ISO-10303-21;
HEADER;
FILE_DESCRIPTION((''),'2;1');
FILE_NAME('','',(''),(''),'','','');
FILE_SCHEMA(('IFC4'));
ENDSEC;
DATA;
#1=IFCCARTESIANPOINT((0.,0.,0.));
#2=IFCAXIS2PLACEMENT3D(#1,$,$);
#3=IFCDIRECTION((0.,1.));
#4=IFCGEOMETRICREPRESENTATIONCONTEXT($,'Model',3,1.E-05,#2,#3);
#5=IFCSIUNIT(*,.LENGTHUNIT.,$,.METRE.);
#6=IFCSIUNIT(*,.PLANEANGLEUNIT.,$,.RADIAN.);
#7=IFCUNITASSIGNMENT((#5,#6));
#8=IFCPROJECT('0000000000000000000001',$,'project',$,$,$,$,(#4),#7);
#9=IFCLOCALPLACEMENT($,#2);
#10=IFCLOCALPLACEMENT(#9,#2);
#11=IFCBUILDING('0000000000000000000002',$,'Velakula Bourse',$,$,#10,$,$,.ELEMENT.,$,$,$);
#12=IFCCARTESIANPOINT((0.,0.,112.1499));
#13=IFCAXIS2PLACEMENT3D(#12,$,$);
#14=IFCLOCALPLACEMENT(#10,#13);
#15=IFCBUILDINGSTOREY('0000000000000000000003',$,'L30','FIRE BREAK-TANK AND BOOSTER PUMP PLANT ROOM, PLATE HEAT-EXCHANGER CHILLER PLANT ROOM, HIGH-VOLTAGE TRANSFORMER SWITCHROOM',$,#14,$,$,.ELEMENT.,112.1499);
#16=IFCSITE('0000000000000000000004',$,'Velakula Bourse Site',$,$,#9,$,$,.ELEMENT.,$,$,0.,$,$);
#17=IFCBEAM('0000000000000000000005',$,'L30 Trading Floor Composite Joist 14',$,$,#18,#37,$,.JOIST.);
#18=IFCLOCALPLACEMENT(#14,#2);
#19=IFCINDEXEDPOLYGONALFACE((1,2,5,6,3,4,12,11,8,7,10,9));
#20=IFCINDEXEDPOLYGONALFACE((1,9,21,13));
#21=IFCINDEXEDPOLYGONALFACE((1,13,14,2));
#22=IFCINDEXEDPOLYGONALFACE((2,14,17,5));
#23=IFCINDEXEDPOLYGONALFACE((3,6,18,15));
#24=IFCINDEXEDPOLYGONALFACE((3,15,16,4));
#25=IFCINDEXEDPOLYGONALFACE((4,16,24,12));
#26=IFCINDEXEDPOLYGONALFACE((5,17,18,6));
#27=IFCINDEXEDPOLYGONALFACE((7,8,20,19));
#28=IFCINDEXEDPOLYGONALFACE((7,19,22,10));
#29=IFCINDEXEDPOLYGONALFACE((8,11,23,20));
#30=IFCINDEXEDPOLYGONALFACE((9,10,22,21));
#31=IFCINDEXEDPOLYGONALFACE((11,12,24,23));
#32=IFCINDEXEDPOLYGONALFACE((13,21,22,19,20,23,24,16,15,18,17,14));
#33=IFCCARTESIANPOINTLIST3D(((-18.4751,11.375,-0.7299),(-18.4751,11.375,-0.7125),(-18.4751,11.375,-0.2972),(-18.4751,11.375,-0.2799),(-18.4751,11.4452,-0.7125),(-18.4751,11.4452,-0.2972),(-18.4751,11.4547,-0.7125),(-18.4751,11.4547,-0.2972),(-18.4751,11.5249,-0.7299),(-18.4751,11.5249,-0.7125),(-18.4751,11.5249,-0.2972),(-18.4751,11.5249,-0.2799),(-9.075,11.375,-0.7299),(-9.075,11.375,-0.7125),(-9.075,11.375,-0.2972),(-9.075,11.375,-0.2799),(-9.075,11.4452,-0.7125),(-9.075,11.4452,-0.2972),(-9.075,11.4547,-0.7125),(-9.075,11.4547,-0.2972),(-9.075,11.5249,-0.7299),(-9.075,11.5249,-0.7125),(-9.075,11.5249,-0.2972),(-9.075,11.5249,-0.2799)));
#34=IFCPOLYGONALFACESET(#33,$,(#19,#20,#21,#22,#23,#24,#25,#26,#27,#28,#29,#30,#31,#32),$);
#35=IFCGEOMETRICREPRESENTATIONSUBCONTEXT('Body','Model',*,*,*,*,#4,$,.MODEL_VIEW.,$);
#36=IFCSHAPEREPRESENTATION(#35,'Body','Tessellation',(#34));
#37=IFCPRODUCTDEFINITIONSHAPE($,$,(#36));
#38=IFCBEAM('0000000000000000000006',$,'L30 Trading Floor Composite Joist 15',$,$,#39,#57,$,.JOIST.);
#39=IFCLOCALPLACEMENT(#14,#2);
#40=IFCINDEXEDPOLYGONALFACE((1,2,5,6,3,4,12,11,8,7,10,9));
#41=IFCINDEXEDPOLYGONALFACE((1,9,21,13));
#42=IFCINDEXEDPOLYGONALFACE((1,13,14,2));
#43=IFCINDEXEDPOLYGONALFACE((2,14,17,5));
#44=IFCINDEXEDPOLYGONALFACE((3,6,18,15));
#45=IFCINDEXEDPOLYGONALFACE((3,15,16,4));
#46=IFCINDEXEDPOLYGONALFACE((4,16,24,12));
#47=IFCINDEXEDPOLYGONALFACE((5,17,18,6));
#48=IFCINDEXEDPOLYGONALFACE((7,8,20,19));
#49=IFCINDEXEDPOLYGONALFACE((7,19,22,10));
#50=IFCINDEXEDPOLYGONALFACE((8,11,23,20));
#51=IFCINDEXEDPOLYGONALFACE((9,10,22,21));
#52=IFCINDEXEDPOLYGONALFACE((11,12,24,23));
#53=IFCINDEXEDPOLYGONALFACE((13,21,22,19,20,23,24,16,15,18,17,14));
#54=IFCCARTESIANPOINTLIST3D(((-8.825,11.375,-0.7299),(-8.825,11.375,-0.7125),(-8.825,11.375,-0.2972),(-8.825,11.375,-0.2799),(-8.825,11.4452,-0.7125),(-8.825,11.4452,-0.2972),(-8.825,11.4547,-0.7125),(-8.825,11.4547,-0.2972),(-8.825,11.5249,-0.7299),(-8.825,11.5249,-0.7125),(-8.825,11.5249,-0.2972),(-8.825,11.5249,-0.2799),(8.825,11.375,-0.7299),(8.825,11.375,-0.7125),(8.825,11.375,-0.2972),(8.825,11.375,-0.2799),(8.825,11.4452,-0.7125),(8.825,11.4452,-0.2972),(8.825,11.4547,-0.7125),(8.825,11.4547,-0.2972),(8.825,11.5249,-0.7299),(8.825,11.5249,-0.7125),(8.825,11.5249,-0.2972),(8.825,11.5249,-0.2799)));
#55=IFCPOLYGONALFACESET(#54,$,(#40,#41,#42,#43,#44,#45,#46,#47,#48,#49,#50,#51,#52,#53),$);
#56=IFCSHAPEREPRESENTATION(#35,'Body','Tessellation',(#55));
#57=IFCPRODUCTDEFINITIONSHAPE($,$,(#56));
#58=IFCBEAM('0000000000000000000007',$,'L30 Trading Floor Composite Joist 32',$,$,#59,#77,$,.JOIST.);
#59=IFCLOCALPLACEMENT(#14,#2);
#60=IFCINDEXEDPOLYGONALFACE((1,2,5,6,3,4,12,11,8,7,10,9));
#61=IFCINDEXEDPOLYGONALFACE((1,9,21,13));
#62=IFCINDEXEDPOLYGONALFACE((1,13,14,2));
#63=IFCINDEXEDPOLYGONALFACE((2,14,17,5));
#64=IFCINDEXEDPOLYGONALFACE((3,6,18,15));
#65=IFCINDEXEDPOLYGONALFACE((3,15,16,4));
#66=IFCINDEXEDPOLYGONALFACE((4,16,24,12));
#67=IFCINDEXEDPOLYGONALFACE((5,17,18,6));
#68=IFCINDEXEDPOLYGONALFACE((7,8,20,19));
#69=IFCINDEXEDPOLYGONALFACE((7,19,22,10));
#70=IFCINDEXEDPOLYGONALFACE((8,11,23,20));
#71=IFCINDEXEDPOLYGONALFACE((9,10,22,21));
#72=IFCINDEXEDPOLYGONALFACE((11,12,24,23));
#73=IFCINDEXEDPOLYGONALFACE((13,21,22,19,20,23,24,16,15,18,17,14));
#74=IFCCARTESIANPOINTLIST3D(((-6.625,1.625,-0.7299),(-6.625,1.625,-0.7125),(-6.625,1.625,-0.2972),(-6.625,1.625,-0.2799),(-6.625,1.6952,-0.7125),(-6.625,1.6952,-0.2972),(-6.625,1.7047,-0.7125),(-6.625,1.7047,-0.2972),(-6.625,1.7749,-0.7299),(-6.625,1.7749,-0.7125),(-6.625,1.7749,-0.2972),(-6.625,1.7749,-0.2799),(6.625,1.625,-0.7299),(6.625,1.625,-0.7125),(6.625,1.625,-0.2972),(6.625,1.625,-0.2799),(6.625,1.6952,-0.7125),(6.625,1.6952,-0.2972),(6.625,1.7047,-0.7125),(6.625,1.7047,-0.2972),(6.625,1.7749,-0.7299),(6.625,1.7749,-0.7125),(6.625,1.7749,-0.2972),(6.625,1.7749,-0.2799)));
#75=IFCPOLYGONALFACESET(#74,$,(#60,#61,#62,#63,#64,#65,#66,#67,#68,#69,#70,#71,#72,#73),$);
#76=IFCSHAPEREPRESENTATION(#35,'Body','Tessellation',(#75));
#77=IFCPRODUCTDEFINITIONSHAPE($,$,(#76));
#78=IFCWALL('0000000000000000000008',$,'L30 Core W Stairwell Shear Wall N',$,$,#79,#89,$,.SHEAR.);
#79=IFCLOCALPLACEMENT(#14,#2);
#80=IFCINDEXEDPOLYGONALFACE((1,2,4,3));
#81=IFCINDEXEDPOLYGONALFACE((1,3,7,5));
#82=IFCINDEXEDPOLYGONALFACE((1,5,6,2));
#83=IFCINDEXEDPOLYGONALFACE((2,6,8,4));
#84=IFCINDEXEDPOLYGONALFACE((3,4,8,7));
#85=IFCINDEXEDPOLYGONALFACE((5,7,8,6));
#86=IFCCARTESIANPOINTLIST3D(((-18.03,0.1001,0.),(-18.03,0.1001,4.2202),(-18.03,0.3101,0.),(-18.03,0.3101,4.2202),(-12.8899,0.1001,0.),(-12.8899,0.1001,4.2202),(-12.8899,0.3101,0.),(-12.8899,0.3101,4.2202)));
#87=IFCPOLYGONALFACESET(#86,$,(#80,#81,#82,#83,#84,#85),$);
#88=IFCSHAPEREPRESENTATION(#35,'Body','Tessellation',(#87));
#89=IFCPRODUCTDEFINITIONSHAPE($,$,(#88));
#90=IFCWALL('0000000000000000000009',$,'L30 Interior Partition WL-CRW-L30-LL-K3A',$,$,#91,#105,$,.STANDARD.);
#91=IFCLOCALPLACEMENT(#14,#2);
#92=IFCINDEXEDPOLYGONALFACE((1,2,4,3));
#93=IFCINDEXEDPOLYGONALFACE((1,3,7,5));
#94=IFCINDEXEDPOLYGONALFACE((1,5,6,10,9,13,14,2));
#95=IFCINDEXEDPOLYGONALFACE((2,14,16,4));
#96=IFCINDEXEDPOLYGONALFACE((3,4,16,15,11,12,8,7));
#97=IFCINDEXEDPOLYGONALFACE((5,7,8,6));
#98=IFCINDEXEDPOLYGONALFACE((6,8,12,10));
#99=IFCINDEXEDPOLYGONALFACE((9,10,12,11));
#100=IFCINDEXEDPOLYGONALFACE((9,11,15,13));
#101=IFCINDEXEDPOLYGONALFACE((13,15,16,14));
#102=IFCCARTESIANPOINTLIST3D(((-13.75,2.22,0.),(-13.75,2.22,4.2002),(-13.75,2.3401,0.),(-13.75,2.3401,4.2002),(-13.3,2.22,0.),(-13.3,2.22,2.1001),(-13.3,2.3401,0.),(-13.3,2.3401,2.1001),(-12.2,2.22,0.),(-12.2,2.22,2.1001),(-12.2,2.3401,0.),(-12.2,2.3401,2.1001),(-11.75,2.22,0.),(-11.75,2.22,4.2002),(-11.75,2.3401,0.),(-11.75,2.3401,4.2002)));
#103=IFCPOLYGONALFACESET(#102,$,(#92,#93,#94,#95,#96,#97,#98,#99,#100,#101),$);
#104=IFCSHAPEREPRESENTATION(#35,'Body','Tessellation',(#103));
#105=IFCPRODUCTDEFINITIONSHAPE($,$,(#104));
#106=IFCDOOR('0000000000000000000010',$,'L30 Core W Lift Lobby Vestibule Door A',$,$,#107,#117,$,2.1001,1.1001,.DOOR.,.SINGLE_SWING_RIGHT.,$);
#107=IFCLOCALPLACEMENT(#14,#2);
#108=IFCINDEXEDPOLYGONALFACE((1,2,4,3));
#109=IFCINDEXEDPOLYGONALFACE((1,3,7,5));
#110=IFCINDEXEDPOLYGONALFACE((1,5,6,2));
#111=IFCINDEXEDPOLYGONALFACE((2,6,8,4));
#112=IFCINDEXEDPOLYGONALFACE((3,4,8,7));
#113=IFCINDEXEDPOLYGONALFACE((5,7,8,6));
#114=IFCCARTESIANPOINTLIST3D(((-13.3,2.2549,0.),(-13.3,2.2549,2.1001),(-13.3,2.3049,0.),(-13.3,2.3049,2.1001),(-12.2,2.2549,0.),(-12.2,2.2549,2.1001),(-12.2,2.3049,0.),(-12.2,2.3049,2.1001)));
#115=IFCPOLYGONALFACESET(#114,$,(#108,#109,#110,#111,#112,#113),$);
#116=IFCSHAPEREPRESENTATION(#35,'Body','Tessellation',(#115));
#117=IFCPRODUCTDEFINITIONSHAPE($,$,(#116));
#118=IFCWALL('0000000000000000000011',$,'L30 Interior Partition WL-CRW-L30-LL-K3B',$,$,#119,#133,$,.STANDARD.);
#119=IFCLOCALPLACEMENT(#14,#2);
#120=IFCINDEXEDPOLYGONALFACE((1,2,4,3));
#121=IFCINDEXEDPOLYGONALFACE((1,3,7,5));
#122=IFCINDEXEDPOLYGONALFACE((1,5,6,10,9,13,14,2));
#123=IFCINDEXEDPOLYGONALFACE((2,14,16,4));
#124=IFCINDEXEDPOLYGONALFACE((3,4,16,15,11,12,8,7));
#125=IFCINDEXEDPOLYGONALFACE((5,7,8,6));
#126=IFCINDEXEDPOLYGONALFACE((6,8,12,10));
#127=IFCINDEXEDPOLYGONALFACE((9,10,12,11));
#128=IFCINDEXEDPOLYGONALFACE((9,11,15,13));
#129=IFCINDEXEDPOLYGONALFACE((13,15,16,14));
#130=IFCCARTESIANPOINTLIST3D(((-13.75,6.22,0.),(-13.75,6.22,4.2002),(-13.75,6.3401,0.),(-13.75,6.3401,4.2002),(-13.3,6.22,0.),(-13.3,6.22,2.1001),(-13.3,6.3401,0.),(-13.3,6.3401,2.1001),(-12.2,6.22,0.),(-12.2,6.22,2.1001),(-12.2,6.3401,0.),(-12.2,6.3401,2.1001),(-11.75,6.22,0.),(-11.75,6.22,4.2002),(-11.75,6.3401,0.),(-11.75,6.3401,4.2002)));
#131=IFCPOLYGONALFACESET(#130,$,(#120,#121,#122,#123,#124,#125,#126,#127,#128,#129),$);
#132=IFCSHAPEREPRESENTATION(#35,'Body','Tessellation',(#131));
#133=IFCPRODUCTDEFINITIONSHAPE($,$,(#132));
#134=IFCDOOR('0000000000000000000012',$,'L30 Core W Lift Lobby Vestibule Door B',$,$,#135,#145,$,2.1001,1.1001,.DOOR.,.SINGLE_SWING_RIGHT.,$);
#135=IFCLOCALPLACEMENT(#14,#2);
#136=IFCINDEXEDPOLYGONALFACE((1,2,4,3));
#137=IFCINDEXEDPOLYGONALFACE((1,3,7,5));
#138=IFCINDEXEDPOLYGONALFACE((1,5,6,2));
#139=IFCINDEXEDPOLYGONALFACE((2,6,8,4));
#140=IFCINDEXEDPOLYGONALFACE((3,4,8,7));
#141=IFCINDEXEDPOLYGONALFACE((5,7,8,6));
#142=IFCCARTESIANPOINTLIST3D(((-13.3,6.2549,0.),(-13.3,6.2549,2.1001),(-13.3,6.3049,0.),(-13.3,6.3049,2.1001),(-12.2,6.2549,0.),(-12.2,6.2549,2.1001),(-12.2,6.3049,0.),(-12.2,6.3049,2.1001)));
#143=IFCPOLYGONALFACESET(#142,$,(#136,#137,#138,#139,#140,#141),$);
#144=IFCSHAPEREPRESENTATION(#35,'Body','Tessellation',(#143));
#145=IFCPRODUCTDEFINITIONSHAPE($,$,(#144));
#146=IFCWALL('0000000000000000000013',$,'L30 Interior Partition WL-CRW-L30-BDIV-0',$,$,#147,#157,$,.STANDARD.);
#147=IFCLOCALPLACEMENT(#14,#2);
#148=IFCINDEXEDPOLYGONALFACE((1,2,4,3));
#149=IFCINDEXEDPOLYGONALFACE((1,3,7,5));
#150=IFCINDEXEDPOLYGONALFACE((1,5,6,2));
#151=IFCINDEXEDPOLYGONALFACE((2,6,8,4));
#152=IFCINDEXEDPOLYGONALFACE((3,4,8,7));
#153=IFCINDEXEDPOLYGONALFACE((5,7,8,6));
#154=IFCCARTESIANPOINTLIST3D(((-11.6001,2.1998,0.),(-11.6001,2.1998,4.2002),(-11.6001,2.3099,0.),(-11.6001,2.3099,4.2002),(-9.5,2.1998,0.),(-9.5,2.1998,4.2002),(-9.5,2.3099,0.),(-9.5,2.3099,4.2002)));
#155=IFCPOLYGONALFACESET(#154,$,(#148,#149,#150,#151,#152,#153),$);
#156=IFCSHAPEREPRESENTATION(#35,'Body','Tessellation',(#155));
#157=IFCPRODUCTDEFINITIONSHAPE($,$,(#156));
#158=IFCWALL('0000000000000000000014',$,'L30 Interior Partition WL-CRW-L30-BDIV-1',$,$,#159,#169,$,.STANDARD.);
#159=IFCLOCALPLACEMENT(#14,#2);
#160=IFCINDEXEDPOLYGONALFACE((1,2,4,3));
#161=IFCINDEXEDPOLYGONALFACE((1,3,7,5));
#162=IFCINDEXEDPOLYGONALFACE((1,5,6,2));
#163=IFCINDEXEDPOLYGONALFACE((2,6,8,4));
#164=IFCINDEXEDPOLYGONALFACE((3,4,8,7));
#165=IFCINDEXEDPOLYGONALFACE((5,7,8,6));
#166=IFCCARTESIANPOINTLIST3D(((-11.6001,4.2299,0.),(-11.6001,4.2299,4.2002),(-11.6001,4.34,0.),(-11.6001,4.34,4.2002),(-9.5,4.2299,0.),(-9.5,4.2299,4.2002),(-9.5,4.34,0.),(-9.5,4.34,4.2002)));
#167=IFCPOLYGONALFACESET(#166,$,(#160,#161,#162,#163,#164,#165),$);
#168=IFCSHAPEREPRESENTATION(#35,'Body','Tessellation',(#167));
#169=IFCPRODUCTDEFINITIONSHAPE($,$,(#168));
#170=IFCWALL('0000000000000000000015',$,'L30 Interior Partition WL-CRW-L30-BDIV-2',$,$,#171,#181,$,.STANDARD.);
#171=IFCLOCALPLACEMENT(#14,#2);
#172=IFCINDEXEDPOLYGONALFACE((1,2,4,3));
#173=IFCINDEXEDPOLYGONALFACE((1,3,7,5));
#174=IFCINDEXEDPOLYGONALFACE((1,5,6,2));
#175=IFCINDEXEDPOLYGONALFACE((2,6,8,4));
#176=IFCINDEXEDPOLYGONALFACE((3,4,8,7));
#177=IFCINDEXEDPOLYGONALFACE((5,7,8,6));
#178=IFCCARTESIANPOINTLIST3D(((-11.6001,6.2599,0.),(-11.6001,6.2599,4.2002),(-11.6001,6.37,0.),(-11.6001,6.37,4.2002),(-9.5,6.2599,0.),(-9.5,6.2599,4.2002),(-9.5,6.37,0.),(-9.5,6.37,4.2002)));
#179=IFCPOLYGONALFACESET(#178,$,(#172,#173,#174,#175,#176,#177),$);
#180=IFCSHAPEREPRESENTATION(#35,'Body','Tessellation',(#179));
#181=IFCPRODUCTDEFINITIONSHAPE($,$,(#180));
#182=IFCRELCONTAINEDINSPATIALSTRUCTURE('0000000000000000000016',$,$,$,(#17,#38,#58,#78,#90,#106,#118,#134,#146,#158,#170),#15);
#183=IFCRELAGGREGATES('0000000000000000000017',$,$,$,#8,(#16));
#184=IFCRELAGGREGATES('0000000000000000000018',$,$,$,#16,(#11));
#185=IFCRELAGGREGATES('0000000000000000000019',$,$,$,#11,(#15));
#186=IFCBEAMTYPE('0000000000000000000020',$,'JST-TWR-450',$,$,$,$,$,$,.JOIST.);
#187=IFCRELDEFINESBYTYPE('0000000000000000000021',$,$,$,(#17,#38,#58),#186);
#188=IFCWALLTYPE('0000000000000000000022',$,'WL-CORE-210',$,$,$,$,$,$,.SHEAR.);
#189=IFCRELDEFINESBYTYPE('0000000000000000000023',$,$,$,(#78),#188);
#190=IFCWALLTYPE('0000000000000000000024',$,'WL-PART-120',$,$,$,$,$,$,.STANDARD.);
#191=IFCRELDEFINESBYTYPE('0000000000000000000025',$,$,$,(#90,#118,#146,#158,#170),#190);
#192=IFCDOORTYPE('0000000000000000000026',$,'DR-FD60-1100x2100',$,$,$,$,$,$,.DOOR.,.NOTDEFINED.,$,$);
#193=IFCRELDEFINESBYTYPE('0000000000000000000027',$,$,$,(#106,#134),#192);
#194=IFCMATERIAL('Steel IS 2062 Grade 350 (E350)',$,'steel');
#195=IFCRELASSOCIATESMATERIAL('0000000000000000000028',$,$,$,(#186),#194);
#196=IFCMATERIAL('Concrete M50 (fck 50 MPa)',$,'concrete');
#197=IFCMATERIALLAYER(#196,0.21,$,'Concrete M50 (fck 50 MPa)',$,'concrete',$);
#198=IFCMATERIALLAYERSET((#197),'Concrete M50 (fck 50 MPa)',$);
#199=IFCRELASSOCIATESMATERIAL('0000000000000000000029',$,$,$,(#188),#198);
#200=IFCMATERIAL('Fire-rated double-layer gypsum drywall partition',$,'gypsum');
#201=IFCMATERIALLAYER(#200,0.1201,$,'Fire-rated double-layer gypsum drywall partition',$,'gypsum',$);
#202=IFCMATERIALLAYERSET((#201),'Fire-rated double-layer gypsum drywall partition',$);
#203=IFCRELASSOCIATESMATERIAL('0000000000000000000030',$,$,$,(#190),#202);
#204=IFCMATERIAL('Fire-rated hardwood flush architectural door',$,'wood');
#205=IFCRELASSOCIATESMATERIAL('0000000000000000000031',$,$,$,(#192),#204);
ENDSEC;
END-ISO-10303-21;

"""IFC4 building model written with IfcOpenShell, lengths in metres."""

from ifc_helpers import new_model, si_unit, direction, frame, frame_2d, origin, origin_2d, place, context, subcontext, project, spatial, rectangle, i_section, extrude, material, layer, layer_set, material_profile, profile_set, type_object, element, fill, save


model = new_model("IFC4")

# Units and contexts
model_context = context("Model", 3, precision=1e-05, world=origin(), true_north=direction((0.0, 1.0)))
body_context = subcontext(model_context, "Body", "Model", "MODEL_VIEW")
ifc_project = project(units=[si_unit("LENGTHUNIT", "METRE"), si_unit("PLANEANGLEUNIT", "RADIAN")], contexts=[model_context])

# Site, building, storey
site_placement = place(None, origin())
site = spatial("IfcSite", under=ifc_project, at=site_placement, Name="Velakula Bourse Site", CompositionType="ELEMENT", RefElevation=0.0)
building_placement = place(site_placement, origin())
building = spatial("IfcBuilding", under=site, at=building_placement, Name="Velakula Bourse", CompositionType="ELEMENT")
storey_placement = place(building_placement, frame((0.0, 0.0, 112.1499)))
storey = spatial("IfcBuildingStorey", under=building, at=storey_placement, Name="L30", Description="FIRE BREAK-TANK AND BOOSTER PUMP PLANT ROOM, PLATE HEAT-EXCHANGER CHILLER PLANT ROOM, HIGH-VOLTAGE TRANSFORMER SWITCHROOM", CompositionType="ELEMENT", Elevation=112.1499)

# Shared definitions
ifc_material_1 = material(Name="Steel IS 2062 Grade 350 (E350)", Category="steel")

# Beams
ifc_material_profile_1 = material_profile(ifc_material_1, i_section(OverallWidth=0.1499, OverallDepth=0.45, WebThickness=0.0095, FlangeThickness=0.0173, at=origin_2d()), Name="Steel IS 2062 Grade 350 (E350)")
ifc_profile_set_1 = profile_set([ifc_material_profile_1], Name="Steel IS 2062 Grade 350 (E350)")
beam_type_1 = type_object("IfcBeamType", Name="JST-TWR-450", PredefinedType="JOIST", material=ifc_profile_set_1)
beam_1_placement = place(storey_placement, frame((-18.4751, 11.45, -0.5049), z_axis=(1.0, 0.0, 0.0), x_axis=(0.0, 1.0, 0.0)))
element("IfcBeam", 1, at=beam_1_placement, inside=storey, type_object=beam_type_1, Name="L30 Trading Floor Composite Joist 14", PredefinedType="JOIST", context=body_context, shape_type="SweptSolid", body=[
    extrude(i_section(OverallWidth=0.1499, OverallDepth=0.45, WebThickness=0.0095, FlangeThickness=0.0173, at=origin_2d()), origin(), (0.0, 0.0, 1.0), 9.4001),
])
beam_2_placement = place(storey_placement, frame((-8.825, 11.45, -0.5049), z_axis=(1.0, 0.0, 0.0), x_axis=(0.0, 1.0, 0.0)))
element("IfcBeam", 2, at=beam_2_placement, inside=storey, type_object=beam_type_1, Name="L30 Trading Floor Composite Joist 15", PredefinedType="JOIST", context=body_context, shape_type="SweptSolid", body=[
    extrude(i_section(OverallWidth=0.1499, OverallDepth=0.45, WebThickness=0.0095, FlangeThickness=0.0173, at=origin_2d()), origin(), (0.0, 0.0, 1.0), 17.6499),
])
beam_3_placement = place(storey_placement, frame((-6.625, 1.7, -0.5049), z_axis=(1.0, 0.0, 0.0), x_axis=(0.0, 1.0, 0.0)))
element("IfcBeam", 3, at=beam_3_placement, inside=storey, type_object=beam_type_1, Name="L30 Trading Floor Composite Joist 32", PredefinedType="JOIST", context=body_context, shape_type="SweptSolid", body=[
    extrude(i_section(OverallWidth=0.1499, OverallDepth=0.45, WebThickness=0.0095, FlangeThickness=0.0173, at=origin_2d()), origin(), (0.0, 0.0, 1.0), 13.25),
])

# Wall
ifc_material_2 = material(Name="Concrete M50 (fck 50 MPa)", Category="concrete")
ifc_layer_1 = layer(ifc_material_2, 0.21, Name="Concrete M50 (fck 50 MPa)", Category="concrete")
ifc_layer_set_1 = layer_set([ifc_layer_1], Name="Concrete M50 (fck 50 MPa)")
wall_type_1 = type_object("IfcWallType", Name="WL-CORE-210", PredefinedType="SHEAR", material=ifc_layer_set_1)
wall_1_placement = place(storey_placement, frame((-12.8899, 0.2051, 0.0), z_axis=(0.0, 0.0, 1.0), x_axis=(-1.0, 0.0, 0.0)))
element("IfcWall", 4, at=wall_1_placement, inside=storey, type_object=wall_type_1, Name="L30 Core W Stairwell Shear Wall N", PredefinedType="SHEAR", context=body_context, shape_type="SweptSolid", body=[
    extrude(rectangle(XDim=5.1401, YDim=0.21, at=frame_2d((2.5701, 0.0))), origin(), (0.0, 0.0, 1.0), 4.2202),
])

# Walls, openings, doors
ifc_material_3 = material(Name="Fire-rated double-layer gypsum drywall partition", Category="gypsum")
ifc_layer_2 = layer(ifc_material_3, 0.1201, Name="Fire-rated double-layer gypsum drywall partition", Category="gypsum")
ifc_layer_set_2 = layer_set([ifc_layer_2], Name="Fire-rated double-layer gypsum drywall partition")
wall_type_2 = type_object("IfcWallType", Name="WL-PART-120", PredefinedType="STANDARD", material=ifc_layer_set_2)
wall_2_placement = place(storey_placement, frame((-13.75, 2.28, 0.0), z_axis=(0.0, 0.0, 1.0), x_axis=(1.0, 0.0, 0.0)))
wall_2 = element("IfcWall", 5, at=wall_2_placement, inside=storey, type_object=wall_type_2, Name="L30 Interior Partition WL-CRW-L30-LL-K3A", PredefinedType="STANDARD", context=body_context, shape_type="SweptSolid", body=[
    extrude(rectangle(XDim=2.0, YDim=0.1201, at=frame_2d((1.0, 0.0))), origin(), (0.0, 0.0, 1.0), 4.2002),
])
opening_1_placement = place(wall_2_placement, frame((0.45, 0.0, 0.0)))
opening_1 = element("IfcOpeningElement", 6, at=opening_1_placement, cuts=wall_2, PredefinedType="OPENING", context=body_context, shape_type="SweptSolid", body=[
    extrude(rectangle(XDim=1.1001, YDim=2.1001, at=frame_2d((0.55, 1.05))), frame((0.0, 0.0701, 0.0), z_axis=(0.0, -1.0, 0.0), x_axis=(1.0, 0.0, 0.0)), (0.0, 0.0, 1.0), 0.1401),
])
ifc_material_4 = material(Name="Fire-rated hardwood flush architectural door", Category="wood")
door_type_1 = type_object("IfcDoorType", Name="DR-FD60-1100x2100", OperationType="NOTDEFINED", PredefinedType="DOOR", material=ifc_material_4)
door_1_placement = place(opening_1_placement, origin())
door_1 = element("IfcDoor", 7, at=door_1_placement, inside=storey, type_object=door_type_1, Name="L30 Core W Lift Lobby Vestibule Door A", OperationType="SINGLE_SWING_RIGHT", OverallHeight=2.1001, OverallWidth=1.1001, PredefinedType="DOOR", context=body_context, shape_type="SweptSolid", body=[
    extrude(rectangle(XDim=1.1001, YDim=2.1001, at=frame_2d((0.55, 1.05))), frame((0.0, 0.0249, 0.0), z_axis=(0.0, -1.0, 0.0), x_axis=(1.0, 0.0, 0.0)), (0.0, 0.0, 1.0), 0.05),
])
fill(opening_1, door_1)
wall_3_placement = place(storey_placement, frame((-13.75, 6.28, 0.0), z_axis=(0.0, 0.0, 1.0), x_axis=(1.0, 0.0, 0.0)))
wall_3 = element("IfcWall", 8, at=wall_3_placement, inside=storey, type_object=wall_type_2, Name="L30 Interior Partition WL-CRW-L30-LL-K3B", PredefinedType="STANDARD", context=body_context, shape_type="SweptSolid", body=[
    extrude(rectangle(XDim=2.0, YDim=0.1201, at=frame_2d((1.0, 0.0))), origin(), (0.0, 0.0, 1.0), 4.2002),
])
opening_2_placement = place(wall_3_placement, frame((0.45, 0.0, 0.0)))
opening_2 = element("IfcOpeningElement", 9, at=opening_2_placement, cuts=wall_3, PredefinedType="OPENING", context=body_context, shape_type="SweptSolid", body=[
    extrude(rectangle(XDim=1.1001, YDim=2.1001, at=frame_2d((0.55, 1.05))), frame((0.0, 0.0701, 0.0), z_axis=(0.0, -1.0, 0.0), x_axis=(1.0, 0.0, 0.0)), (0.0, 0.0, 1.0), 0.1401),
])
door_2_placement = place(opening_2_placement, origin())
door_2 = element("IfcDoor", 10, at=door_2_placement, inside=storey, type_object=door_type_1, Name="L30 Core W Lift Lobby Vestibule Door B", OperationType="SINGLE_SWING_RIGHT", OverallHeight=2.1001, OverallWidth=1.1001, PredefinedType="DOOR", context=body_context, shape_type="SweptSolid", body=[
    extrude(rectangle(XDim=1.1001, YDim=2.1001, at=frame_2d((0.55, 1.05))), frame((0.0, 0.0249, 0.0), z_axis=(0.0, -1.0, 0.0), x_axis=(1.0, 0.0, 0.0)), (0.0, 0.0, 1.0), 0.05),
])
fill(opening_2, door_2)

# Walls
for number, where, z_axis, x_axis, name in (
    (11, (-11.6001, 2.2549, 0.0), (0.0, 0.0, 1.0), (1.0, 0.0, 0.0), "L30 Interior Partition WL-CRW-L30-BDIV-0"),
    (12, (-11.6001, 4.2849, 0.0), (0.0, 0.0, 1.0), (1.0, 0.0, 0.0), "L30 Interior Partition WL-CRW-L30-BDIV-1"),
    (13, (-11.6001, 6.3149, 0.0), (0.0, 0.0, 1.0), (1.0, 0.0, 0.0), "L30 Interior Partition WL-CRW-L30-BDIV-2"),
):
    element("IfcWall", number, at=place(storey_placement, frame(where, z_axis=z_axis, x_axis=x_axis)), inside=storey, type_object=wall_type_2, Name=name, PredefinedType="STANDARD", context=body_context, shape_type="SweptSolid", body=[
        extrude(rectangle(XDim=2.1001, YDim=0.1101, at=frame_2d((1.05, 0.0))), origin(), (0.0, 0.0, 1.0), 4.2002),
    ])

save(model, "model.ifc")
